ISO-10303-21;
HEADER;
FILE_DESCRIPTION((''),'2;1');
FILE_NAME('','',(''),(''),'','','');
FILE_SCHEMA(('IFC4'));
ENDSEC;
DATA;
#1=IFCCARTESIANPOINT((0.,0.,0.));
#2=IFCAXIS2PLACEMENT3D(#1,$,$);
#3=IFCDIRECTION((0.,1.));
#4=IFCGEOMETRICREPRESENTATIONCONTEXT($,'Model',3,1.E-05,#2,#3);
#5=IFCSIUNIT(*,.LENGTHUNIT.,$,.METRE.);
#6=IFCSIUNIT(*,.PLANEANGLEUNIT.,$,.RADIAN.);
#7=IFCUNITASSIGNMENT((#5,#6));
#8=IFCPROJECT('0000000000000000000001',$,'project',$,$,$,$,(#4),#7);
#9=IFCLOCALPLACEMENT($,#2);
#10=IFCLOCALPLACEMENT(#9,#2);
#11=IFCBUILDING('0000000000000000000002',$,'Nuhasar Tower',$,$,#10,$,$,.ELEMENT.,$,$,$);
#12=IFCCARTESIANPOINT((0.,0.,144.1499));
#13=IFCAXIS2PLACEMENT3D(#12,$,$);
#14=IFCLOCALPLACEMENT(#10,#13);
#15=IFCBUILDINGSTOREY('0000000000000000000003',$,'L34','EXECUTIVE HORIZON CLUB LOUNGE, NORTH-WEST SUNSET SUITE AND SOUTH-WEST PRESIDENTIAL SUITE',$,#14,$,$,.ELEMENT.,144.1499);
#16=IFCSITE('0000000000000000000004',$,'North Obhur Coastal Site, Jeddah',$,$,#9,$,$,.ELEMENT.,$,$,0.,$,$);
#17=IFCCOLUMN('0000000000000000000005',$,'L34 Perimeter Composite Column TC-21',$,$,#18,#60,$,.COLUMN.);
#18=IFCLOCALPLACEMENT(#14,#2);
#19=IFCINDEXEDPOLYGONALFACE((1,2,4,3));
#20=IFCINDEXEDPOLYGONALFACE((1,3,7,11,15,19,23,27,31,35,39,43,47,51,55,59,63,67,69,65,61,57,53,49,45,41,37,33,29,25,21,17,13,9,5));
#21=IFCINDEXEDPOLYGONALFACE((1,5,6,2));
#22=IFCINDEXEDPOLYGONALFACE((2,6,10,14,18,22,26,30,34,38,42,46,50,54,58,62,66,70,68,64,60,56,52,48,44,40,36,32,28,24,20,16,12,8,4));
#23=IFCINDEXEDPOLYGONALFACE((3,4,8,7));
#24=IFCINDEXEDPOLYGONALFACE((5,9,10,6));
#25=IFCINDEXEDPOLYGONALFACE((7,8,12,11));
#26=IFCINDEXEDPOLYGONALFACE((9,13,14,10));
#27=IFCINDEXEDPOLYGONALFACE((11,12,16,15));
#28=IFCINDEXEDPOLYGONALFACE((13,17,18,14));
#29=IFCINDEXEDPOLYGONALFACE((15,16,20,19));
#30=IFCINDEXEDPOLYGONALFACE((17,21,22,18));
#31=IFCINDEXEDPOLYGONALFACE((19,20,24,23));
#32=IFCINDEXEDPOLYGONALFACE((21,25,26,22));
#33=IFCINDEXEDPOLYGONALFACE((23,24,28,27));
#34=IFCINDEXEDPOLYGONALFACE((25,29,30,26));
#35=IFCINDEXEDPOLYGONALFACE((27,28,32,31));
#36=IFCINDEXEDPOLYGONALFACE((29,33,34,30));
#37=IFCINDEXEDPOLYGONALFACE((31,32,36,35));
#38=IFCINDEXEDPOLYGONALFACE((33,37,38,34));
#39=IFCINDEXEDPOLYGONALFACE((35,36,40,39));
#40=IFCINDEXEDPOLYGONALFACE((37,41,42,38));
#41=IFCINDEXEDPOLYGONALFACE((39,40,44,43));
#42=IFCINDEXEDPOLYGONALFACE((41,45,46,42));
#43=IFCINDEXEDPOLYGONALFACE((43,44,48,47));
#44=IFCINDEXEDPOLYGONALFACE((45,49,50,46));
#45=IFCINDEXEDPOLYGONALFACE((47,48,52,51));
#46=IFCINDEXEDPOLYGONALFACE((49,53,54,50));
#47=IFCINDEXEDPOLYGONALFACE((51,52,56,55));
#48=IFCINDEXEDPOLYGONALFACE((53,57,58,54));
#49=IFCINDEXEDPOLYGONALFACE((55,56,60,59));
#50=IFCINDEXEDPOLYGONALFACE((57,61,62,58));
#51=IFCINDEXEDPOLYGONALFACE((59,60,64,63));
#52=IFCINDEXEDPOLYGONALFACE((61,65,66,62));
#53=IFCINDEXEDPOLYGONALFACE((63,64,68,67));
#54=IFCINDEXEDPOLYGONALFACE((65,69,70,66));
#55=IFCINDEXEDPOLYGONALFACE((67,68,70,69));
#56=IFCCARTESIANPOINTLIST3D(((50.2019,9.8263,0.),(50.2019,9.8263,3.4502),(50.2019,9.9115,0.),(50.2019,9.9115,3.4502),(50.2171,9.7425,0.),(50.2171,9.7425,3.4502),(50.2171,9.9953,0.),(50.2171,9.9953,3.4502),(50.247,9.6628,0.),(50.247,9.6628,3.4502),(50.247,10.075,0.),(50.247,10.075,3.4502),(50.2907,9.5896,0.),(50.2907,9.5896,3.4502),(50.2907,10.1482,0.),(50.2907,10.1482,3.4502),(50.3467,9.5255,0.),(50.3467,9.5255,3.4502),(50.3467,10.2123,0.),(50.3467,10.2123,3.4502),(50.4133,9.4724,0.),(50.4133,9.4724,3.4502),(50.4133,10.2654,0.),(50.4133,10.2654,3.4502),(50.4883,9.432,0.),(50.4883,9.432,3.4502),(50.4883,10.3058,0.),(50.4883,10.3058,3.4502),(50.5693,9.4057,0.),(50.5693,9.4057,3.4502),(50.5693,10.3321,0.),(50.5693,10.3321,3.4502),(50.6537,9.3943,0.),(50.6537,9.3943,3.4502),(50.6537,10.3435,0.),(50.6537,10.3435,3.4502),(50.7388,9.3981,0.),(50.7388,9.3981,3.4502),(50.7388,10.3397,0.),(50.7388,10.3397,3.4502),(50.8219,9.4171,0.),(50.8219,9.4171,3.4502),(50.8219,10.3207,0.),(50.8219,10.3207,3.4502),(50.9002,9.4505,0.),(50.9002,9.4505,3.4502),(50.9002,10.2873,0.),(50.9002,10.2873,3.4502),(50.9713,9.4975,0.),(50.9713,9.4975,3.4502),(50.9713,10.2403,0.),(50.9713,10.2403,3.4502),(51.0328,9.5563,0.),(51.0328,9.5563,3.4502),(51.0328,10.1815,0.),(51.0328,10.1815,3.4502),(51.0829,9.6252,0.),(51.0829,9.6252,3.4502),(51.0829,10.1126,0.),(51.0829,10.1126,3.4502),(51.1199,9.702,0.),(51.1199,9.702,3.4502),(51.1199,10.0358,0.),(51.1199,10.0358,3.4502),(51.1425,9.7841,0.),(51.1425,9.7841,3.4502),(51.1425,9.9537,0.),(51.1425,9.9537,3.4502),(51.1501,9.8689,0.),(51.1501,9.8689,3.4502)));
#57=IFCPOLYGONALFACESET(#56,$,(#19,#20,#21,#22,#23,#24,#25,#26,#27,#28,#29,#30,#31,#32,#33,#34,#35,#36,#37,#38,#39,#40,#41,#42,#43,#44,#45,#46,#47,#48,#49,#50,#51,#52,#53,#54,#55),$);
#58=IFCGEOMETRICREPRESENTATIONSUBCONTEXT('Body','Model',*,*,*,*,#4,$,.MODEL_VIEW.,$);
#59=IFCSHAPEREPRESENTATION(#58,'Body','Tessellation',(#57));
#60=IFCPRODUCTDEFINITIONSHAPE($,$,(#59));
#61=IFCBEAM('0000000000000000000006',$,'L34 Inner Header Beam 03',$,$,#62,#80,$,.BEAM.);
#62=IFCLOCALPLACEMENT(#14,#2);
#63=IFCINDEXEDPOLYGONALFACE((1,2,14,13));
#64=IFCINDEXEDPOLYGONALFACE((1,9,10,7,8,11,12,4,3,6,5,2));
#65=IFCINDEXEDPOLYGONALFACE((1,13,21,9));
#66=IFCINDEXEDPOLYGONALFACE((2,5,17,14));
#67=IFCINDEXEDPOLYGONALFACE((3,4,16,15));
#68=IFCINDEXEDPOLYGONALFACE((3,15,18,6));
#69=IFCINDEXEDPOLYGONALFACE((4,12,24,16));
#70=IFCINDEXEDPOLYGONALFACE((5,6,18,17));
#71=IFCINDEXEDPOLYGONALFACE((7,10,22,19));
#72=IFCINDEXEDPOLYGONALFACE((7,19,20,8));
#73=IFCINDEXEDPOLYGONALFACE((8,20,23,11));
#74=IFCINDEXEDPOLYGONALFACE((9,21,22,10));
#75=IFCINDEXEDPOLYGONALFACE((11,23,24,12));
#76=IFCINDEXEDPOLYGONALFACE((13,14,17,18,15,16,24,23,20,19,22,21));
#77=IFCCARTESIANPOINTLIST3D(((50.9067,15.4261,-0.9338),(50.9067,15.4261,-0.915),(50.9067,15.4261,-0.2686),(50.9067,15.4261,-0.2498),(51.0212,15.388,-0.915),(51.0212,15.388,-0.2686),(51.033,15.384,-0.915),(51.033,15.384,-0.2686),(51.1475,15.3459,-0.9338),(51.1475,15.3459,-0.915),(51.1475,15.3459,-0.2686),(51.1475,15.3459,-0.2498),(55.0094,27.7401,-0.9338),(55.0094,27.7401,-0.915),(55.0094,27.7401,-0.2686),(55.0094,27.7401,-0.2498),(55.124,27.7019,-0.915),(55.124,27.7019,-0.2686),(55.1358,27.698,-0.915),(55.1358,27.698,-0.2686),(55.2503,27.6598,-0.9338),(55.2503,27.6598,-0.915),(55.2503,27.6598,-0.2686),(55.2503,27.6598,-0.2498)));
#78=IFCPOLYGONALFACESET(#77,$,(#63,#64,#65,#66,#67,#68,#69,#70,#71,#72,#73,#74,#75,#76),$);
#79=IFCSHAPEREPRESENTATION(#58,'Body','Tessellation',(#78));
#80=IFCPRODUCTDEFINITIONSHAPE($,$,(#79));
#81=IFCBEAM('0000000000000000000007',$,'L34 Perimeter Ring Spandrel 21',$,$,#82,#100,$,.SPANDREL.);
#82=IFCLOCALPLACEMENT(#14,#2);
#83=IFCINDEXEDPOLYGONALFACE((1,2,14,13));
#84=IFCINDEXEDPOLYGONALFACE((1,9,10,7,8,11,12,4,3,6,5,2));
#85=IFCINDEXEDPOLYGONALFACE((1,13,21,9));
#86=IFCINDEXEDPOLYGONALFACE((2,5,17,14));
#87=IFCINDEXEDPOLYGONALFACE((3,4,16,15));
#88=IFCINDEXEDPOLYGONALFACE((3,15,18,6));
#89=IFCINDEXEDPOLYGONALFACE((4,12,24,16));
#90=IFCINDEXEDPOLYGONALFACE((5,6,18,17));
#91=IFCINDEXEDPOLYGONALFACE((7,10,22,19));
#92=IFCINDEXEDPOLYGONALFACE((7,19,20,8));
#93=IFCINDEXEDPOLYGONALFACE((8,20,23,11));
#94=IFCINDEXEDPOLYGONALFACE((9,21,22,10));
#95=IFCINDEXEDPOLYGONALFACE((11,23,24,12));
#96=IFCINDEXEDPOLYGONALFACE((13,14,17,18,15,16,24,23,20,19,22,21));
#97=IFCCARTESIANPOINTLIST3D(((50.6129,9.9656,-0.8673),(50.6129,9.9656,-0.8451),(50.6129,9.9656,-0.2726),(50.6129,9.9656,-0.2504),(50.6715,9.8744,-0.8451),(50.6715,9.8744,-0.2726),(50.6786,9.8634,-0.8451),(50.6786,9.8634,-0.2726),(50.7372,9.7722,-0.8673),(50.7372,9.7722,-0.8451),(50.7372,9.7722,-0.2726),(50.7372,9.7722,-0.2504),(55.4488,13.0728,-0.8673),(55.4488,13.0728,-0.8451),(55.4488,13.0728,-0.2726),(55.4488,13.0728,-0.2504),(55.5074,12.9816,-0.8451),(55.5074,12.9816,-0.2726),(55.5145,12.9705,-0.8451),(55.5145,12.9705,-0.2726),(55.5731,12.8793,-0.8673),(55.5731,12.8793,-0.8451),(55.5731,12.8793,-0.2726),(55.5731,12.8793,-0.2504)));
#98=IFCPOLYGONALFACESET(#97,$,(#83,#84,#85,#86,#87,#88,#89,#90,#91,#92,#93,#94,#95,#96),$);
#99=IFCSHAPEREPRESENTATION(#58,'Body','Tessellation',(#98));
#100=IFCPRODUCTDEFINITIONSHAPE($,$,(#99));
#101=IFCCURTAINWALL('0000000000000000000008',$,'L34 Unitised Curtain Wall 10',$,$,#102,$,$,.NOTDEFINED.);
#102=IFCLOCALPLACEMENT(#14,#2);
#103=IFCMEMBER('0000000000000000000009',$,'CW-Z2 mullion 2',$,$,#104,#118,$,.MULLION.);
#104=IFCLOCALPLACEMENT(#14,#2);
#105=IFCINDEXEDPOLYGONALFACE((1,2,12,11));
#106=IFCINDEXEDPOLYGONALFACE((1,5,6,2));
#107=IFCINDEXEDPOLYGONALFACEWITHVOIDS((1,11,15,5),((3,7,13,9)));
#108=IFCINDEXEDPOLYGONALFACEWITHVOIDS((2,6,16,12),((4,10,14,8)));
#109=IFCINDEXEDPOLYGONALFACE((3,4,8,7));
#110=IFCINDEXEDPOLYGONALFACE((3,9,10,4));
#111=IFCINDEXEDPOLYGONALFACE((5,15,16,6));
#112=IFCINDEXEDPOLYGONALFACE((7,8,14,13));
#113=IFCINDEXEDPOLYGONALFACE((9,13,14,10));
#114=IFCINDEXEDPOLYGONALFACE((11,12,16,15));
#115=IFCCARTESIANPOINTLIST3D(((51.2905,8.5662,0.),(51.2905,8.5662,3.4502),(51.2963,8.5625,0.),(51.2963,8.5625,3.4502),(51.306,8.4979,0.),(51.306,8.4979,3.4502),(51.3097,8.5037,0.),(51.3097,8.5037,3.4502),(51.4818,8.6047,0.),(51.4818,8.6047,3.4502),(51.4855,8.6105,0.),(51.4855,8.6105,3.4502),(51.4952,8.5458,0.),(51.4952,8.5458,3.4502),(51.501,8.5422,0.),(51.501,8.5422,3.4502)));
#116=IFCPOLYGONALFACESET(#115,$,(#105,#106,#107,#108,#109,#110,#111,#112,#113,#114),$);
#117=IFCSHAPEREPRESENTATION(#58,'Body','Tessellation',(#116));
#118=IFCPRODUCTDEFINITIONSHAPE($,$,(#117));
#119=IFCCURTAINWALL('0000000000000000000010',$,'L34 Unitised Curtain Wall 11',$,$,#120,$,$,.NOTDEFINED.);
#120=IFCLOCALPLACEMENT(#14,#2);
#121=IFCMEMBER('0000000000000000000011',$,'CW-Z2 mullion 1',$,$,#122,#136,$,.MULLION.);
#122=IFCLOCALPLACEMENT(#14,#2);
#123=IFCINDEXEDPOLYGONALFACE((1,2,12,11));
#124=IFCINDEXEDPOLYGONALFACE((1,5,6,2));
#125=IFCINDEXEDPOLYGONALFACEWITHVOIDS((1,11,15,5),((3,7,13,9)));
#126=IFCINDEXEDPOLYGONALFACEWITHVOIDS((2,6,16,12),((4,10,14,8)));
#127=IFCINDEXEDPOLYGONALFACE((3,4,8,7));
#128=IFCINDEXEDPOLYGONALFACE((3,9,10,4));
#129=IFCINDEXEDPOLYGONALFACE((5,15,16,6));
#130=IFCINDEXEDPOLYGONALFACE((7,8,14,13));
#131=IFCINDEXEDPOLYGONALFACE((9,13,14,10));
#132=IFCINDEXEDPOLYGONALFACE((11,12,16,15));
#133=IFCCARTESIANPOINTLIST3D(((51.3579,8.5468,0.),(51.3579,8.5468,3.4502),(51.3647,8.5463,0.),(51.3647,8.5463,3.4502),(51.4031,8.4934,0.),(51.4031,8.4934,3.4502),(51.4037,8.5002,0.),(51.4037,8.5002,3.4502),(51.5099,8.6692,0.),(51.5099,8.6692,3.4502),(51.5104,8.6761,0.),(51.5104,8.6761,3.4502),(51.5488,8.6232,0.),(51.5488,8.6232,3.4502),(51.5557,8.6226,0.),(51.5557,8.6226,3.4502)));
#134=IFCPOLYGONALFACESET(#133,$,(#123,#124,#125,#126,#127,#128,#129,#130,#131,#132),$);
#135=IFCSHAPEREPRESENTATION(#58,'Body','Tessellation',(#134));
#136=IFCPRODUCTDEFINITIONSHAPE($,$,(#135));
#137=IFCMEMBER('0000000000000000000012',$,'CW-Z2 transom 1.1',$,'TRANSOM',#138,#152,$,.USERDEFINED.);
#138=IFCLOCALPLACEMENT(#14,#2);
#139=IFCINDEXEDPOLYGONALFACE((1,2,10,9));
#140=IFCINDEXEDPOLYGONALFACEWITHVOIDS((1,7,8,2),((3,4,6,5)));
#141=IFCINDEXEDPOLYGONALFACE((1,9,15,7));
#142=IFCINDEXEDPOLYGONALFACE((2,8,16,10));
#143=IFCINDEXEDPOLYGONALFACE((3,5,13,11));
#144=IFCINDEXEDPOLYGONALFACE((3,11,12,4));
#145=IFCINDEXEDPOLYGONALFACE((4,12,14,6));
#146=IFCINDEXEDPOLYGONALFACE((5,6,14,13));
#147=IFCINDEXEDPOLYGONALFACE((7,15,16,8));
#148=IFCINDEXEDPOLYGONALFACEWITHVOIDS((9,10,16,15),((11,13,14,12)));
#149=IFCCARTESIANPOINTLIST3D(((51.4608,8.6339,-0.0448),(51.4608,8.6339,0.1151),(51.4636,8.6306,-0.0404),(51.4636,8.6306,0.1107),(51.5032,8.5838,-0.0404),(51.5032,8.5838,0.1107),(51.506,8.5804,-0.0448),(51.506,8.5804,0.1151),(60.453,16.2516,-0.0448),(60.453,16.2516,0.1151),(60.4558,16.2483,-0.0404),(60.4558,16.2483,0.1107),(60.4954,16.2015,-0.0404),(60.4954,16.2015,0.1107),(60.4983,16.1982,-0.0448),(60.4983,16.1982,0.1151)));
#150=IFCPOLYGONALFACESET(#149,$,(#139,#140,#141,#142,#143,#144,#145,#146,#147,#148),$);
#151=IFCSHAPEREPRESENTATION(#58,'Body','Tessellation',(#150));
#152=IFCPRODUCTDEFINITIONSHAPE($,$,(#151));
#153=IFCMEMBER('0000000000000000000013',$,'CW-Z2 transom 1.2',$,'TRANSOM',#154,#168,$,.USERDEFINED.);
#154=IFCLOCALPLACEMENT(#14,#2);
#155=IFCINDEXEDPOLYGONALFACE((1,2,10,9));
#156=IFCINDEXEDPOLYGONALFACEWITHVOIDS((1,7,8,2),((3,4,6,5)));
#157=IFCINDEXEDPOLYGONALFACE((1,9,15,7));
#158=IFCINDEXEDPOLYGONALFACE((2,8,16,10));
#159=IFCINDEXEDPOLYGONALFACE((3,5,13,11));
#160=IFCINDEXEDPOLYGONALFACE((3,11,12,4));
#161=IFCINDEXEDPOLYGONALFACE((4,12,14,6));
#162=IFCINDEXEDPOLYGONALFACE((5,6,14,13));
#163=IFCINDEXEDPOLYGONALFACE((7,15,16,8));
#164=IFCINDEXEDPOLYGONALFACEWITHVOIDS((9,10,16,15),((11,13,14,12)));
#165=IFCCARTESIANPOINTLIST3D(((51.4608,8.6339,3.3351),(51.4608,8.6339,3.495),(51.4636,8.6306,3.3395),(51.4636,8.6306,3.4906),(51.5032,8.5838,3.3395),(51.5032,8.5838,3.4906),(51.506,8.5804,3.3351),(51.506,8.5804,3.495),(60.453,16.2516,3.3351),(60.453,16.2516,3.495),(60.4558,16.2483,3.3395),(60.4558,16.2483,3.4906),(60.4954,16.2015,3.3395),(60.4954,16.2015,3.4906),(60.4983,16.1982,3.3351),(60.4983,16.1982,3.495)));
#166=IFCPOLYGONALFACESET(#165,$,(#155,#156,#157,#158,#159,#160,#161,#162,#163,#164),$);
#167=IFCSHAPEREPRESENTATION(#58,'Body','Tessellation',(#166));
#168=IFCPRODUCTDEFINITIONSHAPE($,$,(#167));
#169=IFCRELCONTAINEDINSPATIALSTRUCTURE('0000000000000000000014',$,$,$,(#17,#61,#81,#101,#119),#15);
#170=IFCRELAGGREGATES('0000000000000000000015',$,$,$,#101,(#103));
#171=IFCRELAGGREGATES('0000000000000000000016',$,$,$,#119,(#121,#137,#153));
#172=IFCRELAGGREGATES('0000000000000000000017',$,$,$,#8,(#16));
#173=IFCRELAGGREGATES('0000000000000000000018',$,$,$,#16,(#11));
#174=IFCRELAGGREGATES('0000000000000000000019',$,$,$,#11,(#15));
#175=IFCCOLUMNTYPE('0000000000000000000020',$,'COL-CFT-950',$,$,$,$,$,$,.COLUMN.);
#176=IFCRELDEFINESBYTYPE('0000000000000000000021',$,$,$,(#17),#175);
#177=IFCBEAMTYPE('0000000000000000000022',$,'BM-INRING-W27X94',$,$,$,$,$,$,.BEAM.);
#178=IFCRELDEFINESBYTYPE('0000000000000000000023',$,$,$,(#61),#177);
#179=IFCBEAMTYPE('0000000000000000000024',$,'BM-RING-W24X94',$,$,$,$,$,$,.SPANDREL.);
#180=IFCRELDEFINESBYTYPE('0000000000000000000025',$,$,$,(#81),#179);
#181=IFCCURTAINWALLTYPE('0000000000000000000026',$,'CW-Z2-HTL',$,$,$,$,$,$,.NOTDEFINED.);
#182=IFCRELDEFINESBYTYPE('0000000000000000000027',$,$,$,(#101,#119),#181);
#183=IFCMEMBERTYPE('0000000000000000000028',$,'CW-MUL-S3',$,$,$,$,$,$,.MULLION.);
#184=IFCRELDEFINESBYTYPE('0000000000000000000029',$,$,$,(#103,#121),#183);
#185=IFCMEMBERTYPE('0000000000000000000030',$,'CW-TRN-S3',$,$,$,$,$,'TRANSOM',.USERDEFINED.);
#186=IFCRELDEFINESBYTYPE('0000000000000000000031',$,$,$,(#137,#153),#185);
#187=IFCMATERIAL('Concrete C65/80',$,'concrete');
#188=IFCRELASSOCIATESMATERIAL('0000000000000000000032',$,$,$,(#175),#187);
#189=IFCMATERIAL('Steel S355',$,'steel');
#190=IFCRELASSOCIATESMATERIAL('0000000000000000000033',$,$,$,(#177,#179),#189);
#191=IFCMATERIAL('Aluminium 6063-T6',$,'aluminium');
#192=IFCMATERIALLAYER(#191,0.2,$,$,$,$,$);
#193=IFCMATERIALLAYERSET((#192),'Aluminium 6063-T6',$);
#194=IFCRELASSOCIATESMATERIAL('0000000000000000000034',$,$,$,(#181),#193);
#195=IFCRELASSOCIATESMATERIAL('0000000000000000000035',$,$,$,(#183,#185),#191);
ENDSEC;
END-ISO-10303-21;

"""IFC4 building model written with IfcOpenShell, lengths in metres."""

from ifc_helpers import new_model, si_unit, direction, frame, origin, origin_2d, place, context, subcontext, project, spatial, hollow_rectangle, circle, i_section, extrude, material, layer, layer_set, material_profile, profile_set, type_object, element, aggregate, save


model = new_model("IFC4")

# Units and contexts
model_context = context("Model", 3, precision=1e-05, world=origin(), true_north=direction((0.0, 1.0)))
body_context = subcontext(model_context, "Body", "Model", "MODEL_VIEW")
ifc_project = project(units=[si_unit("LENGTHUNIT", "METRE"), si_unit("PLANEANGLEUNIT", "RADIAN")], contexts=[model_context])

# Site, building, storey
site_placement = place(None, origin())
site = spatial("IfcSite", under=ifc_project, at=site_placement, Name="North Obhur Coastal Site, Jeddah", CompositionType="ELEMENT", RefElevation=0.0)
building_placement = place(site_placement, origin())
building = spatial("IfcBuilding", under=site, at=building_placement, Name="Nuhasar Tower", CompositionType="ELEMENT")
storey_placement = place(building_placement, frame((0.0, 0.0, 144.1499)))
storey = spatial("IfcBuildingStorey", under=building, at=storey_placement, Name="L34", Description="EXECUTIVE HORIZON CLUB LOUNGE, NORTH-WEST SUNSET SUITE AND SOUTH-WEST PRESIDENTIAL SUITE", CompositionType="ELEMENT", Elevation=144.1499)

# Column
ifc_material_1 = material(Name="Concrete C65/80", Category="concrete")
ifc_material_profile_1 = material_profile(ifc_material_1, circle(Radius=0.4751, at=origin_2d()), Name="CFT950")
ifc_profile_set_1 = profile_set([ifc_material_profile_1], Name="Concrete C65/80")
column_type = type_object("IfcColumnType", Name="COL-CFT-950", PredefinedType="COLUMN", material=ifc_profile_set_1)
column_placement = place(storey_placement, frame((50.675, 9.8689, 0.0), z_axis=(0.0, 0.0, 1.0), x_axis=(1.0, 0.0, 0.0)))
element("IfcColumn", 1, at=column_placement, inside=storey, type_object=column_type, Name="L34 Perimeter Composite Column TC-21", PredefinedType="COLUMN", context=body_context, shape_type="SweptSolid", body=[
    extrude(circle(Radius=0.4751, at=origin_2d()), origin(), (0.0, 0.0, 1.0), 3.4502),
])

# Beams
ifc_material_2 = material(Name="Steel S355", Category="steel")
ifc_material_profile_2 = material_profile(ifc_material_2, i_section(OverallWidth=0.2539, OverallDepth=0.6841, WebThickness=0.0125, FlangeThickness=0.0188, at=origin_2d()), Name="W27X94")
ifc_profile_set_2 = profile_set([ifc_material_profile_2], Name="Steel S355")
beam_type_1 = type_object("IfcBeamType", Name="BM-INRING-W27X94", PredefinedType="BEAM", material=ifc_profile_set_2)
beam_1_placement = place(storey_placement, frame((51.0271, 15.386, -0.5918), z_axis=(0.316098, 0.948727, 0.0), x_axis=(-0.948727, 0.316098, 0.0)))
element("IfcBeam", 2, at=beam_1_placement, inside=storey, type_object=beam_type_1, Name="L34 Inner Header Beam 03", PredefinedType="BEAM", context=body_context, shape_type="SweptSolid", body=[
    extrude(i_section(OverallWidth=0.2539, OverallDepth=0.6841, WebThickness=0.0125, FlangeThickness=0.0188, at=origin_2d()), origin(), (0.0, 0.0, 1.0), 12.9795),
])
ifc_material_profile_3 = material_profile(ifc_material_2, i_section(OverallWidth=0.23, OverallDepth=0.6169, WebThickness=0.0132, FlangeThickness=0.0222, at=origin_2d()), Name="W24X94")
ifc_profile_set_3 = profile_set([ifc_material_profile_3], Name="Steel S355")
beam_type_2 = type_object("IfcBeamType", Name="BM-RING-W24X94", PredefinedType="SPANDREL", material=ifc_profile_set_3)
beam_2_placement = place(storey_placement, frame((50.675, 9.8689, -0.5588), z_axis=(0.841308, 0.540556, 0.0), x_axis=(-0.540556, 0.841308, 0.0)))
element("IfcBeam", 3, at=beam_2_placement, inside=storey, type_object=beam_type_2, Name="L34 Perimeter Ring Spandrel 21", PredefinedType="SPANDREL", context=body_context, shape_type="SweptSolid", body=[
    extrude(i_section(OverallWidth=0.23, OverallDepth=0.6169, WebThickness=0.0132, FlangeThickness=0.0222, at=origin_2d()), origin(), (0.0, 0.0, 1.0), 5.748),
])

# Curtain wall, member
ifc_material_3 = material(Name="Aluminium 6063-T6", Category="aluminium")
ifc_layer_1 = layer(ifc_material_3, 0.2)
ifc_layer_set_1 = layer_set([ifc_layer_1], Name="Aluminium 6063-T6")
curtain_wall_type = type_object("IfcCurtainWallType", Name="CW-Z2-HTL", PredefinedType="NOTDEFINED", material=ifc_layer_set_1)
curtain_wall_1_placement = place(storey_placement, origin())
curtain_wall_1 = element("IfcCurtainWall", 4, at=curtain_wall_1_placement, inside=storey, type_object=curtain_wall_type, Name="L34 Unitised Curtain Wall 10", PredefinedType="NOTDEFINED")
ifc_material_profile_4 = material_profile(ifc_material_3, hollow_rectangle(XDim=0.0701, YDim=0.2, WallThickness=0.0049, at=origin_2d()), Name="CWM-3")
ifc_profile_set_4 = profile_set([ifc_material_profile_4], Name="Aluminium 6063-T6")
member_type_1 = type_object("IfcMemberType", Name="CW-MUL-S3", PredefinedType="MULLION", material=ifc_profile_set_4)
member_1_placement = place(storey_placement, frame((51.3958, 8.5542, 0.0), z_axis=(0.0, 0.0, 1.0), x_axis=(-0.221397, 0.975184, 0.0)))
member_1 = element("IfcMember", 5, at=member_1_placement, type_object=member_type_1, Name="CW-Z2 mullion 2", PredefinedType="MULLION", context=body_context, shape_type="SweptSolid", body=[
    extrude(hollow_rectangle(XDim=0.0701, YDim=0.2, WallThickness=0.0049, at=origin_2d()), origin(), (0.0, 0.0, 1.0), 3.4502),
])
aggregate(curtain_wall_1, [member_1])

# Curtain wall, members
curtain_wall_2_placement = place(storey_placement, origin())
curtain_wall_2 = element("IfcCurtainWall", 6, at=curtain_wall_2_placement, inside=storey, type_object=curtain_wall_type, Name="L34 Unitised Curtain Wall 11", PredefinedType="NOTDEFINED")
member_2_placement = place(storey_placement, frame((51.4568, 8.5847, 0.0), z_axis=(0.0, 0.0, 1.0), x_axis=(-0.646374, 0.76302, 0.0)))
member_2 = element("IfcMember", 7, at=member_2_placement, type_object=member_type_1, Name="CW-Z2 mullion 1", PredefinedType="MULLION", context=body_context, shape_type="SweptSolid", body=[
    extrude(hollow_rectangle(XDim=0.0701, YDim=0.2, WallThickness=0.0049, at=origin_2d()), origin(), (0.0, 0.0, 1.0), 3.4502),
])
ifc_material_profile_5 = material_profile(ifc_material_3, hollow_rectangle(XDim=0.0701, YDim=0.1599, WallThickness=0.0044, at=origin_2d()), Name="CWT-3")
ifc_profile_set_5 = profile_set([ifc_material_profile_5], Name="Aluminium 6063-T6")
member_type_2 = type_object("IfcMemberType", Name="CW-TRN-S3", ElementType="TRANSOM", PredefinedType="USERDEFINED", material=ifc_profile_set_5)
member_3_placement = place(storey_placement, frame((51.4834, 8.6072, 0.0352), z_axis=(0.763014, 0.646382, 0.0), x_axis=(-0.646382, 0.763014, 0.0)))
member_3 = element("IfcMember", 8, at=member_3_placement, type_object=member_type_2, Name="CW-Z2 transom 1.1", ObjectType="TRANSOM", PredefinedType="USERDEFINED", context=body_context, shape_type="SweptSolid", body=[
    extrude(hollow_rectangle(XDim=0.0701, YDim=0.1599, WallThickness=0.0044, at=origin_2d()), origin(), (0.0, 0.0, 1.0), 11.7852),
])
member_4_placement = place(storey_placement, frame((51.4834, 8.6072, 3.415), z_axis=(0.763014, 0.646382, 0.0), x_axis=(-0.646382, 0.763014, 0.0)))
member_4 = element("IfcMember", 9, at=member_4_placement, type_object=member_type_2, Name="CW-Z2 transom 1.2", ObjectType="TRANSOM", PredefinedType="USERDEFINED", context=body_context, shape_type="SweptSolid", body=[
    extrude(hollow_rectangle(XDim=0.0701, YDim=0.1599, WallThickness=0.0044, at=origin_2d()), origin(), (0.0, 0.0, 1.0), 11.7852),
])
aggregate(curtain_wall_2, [member_2, member_3, member_4])

save(model, "model.ifc")
